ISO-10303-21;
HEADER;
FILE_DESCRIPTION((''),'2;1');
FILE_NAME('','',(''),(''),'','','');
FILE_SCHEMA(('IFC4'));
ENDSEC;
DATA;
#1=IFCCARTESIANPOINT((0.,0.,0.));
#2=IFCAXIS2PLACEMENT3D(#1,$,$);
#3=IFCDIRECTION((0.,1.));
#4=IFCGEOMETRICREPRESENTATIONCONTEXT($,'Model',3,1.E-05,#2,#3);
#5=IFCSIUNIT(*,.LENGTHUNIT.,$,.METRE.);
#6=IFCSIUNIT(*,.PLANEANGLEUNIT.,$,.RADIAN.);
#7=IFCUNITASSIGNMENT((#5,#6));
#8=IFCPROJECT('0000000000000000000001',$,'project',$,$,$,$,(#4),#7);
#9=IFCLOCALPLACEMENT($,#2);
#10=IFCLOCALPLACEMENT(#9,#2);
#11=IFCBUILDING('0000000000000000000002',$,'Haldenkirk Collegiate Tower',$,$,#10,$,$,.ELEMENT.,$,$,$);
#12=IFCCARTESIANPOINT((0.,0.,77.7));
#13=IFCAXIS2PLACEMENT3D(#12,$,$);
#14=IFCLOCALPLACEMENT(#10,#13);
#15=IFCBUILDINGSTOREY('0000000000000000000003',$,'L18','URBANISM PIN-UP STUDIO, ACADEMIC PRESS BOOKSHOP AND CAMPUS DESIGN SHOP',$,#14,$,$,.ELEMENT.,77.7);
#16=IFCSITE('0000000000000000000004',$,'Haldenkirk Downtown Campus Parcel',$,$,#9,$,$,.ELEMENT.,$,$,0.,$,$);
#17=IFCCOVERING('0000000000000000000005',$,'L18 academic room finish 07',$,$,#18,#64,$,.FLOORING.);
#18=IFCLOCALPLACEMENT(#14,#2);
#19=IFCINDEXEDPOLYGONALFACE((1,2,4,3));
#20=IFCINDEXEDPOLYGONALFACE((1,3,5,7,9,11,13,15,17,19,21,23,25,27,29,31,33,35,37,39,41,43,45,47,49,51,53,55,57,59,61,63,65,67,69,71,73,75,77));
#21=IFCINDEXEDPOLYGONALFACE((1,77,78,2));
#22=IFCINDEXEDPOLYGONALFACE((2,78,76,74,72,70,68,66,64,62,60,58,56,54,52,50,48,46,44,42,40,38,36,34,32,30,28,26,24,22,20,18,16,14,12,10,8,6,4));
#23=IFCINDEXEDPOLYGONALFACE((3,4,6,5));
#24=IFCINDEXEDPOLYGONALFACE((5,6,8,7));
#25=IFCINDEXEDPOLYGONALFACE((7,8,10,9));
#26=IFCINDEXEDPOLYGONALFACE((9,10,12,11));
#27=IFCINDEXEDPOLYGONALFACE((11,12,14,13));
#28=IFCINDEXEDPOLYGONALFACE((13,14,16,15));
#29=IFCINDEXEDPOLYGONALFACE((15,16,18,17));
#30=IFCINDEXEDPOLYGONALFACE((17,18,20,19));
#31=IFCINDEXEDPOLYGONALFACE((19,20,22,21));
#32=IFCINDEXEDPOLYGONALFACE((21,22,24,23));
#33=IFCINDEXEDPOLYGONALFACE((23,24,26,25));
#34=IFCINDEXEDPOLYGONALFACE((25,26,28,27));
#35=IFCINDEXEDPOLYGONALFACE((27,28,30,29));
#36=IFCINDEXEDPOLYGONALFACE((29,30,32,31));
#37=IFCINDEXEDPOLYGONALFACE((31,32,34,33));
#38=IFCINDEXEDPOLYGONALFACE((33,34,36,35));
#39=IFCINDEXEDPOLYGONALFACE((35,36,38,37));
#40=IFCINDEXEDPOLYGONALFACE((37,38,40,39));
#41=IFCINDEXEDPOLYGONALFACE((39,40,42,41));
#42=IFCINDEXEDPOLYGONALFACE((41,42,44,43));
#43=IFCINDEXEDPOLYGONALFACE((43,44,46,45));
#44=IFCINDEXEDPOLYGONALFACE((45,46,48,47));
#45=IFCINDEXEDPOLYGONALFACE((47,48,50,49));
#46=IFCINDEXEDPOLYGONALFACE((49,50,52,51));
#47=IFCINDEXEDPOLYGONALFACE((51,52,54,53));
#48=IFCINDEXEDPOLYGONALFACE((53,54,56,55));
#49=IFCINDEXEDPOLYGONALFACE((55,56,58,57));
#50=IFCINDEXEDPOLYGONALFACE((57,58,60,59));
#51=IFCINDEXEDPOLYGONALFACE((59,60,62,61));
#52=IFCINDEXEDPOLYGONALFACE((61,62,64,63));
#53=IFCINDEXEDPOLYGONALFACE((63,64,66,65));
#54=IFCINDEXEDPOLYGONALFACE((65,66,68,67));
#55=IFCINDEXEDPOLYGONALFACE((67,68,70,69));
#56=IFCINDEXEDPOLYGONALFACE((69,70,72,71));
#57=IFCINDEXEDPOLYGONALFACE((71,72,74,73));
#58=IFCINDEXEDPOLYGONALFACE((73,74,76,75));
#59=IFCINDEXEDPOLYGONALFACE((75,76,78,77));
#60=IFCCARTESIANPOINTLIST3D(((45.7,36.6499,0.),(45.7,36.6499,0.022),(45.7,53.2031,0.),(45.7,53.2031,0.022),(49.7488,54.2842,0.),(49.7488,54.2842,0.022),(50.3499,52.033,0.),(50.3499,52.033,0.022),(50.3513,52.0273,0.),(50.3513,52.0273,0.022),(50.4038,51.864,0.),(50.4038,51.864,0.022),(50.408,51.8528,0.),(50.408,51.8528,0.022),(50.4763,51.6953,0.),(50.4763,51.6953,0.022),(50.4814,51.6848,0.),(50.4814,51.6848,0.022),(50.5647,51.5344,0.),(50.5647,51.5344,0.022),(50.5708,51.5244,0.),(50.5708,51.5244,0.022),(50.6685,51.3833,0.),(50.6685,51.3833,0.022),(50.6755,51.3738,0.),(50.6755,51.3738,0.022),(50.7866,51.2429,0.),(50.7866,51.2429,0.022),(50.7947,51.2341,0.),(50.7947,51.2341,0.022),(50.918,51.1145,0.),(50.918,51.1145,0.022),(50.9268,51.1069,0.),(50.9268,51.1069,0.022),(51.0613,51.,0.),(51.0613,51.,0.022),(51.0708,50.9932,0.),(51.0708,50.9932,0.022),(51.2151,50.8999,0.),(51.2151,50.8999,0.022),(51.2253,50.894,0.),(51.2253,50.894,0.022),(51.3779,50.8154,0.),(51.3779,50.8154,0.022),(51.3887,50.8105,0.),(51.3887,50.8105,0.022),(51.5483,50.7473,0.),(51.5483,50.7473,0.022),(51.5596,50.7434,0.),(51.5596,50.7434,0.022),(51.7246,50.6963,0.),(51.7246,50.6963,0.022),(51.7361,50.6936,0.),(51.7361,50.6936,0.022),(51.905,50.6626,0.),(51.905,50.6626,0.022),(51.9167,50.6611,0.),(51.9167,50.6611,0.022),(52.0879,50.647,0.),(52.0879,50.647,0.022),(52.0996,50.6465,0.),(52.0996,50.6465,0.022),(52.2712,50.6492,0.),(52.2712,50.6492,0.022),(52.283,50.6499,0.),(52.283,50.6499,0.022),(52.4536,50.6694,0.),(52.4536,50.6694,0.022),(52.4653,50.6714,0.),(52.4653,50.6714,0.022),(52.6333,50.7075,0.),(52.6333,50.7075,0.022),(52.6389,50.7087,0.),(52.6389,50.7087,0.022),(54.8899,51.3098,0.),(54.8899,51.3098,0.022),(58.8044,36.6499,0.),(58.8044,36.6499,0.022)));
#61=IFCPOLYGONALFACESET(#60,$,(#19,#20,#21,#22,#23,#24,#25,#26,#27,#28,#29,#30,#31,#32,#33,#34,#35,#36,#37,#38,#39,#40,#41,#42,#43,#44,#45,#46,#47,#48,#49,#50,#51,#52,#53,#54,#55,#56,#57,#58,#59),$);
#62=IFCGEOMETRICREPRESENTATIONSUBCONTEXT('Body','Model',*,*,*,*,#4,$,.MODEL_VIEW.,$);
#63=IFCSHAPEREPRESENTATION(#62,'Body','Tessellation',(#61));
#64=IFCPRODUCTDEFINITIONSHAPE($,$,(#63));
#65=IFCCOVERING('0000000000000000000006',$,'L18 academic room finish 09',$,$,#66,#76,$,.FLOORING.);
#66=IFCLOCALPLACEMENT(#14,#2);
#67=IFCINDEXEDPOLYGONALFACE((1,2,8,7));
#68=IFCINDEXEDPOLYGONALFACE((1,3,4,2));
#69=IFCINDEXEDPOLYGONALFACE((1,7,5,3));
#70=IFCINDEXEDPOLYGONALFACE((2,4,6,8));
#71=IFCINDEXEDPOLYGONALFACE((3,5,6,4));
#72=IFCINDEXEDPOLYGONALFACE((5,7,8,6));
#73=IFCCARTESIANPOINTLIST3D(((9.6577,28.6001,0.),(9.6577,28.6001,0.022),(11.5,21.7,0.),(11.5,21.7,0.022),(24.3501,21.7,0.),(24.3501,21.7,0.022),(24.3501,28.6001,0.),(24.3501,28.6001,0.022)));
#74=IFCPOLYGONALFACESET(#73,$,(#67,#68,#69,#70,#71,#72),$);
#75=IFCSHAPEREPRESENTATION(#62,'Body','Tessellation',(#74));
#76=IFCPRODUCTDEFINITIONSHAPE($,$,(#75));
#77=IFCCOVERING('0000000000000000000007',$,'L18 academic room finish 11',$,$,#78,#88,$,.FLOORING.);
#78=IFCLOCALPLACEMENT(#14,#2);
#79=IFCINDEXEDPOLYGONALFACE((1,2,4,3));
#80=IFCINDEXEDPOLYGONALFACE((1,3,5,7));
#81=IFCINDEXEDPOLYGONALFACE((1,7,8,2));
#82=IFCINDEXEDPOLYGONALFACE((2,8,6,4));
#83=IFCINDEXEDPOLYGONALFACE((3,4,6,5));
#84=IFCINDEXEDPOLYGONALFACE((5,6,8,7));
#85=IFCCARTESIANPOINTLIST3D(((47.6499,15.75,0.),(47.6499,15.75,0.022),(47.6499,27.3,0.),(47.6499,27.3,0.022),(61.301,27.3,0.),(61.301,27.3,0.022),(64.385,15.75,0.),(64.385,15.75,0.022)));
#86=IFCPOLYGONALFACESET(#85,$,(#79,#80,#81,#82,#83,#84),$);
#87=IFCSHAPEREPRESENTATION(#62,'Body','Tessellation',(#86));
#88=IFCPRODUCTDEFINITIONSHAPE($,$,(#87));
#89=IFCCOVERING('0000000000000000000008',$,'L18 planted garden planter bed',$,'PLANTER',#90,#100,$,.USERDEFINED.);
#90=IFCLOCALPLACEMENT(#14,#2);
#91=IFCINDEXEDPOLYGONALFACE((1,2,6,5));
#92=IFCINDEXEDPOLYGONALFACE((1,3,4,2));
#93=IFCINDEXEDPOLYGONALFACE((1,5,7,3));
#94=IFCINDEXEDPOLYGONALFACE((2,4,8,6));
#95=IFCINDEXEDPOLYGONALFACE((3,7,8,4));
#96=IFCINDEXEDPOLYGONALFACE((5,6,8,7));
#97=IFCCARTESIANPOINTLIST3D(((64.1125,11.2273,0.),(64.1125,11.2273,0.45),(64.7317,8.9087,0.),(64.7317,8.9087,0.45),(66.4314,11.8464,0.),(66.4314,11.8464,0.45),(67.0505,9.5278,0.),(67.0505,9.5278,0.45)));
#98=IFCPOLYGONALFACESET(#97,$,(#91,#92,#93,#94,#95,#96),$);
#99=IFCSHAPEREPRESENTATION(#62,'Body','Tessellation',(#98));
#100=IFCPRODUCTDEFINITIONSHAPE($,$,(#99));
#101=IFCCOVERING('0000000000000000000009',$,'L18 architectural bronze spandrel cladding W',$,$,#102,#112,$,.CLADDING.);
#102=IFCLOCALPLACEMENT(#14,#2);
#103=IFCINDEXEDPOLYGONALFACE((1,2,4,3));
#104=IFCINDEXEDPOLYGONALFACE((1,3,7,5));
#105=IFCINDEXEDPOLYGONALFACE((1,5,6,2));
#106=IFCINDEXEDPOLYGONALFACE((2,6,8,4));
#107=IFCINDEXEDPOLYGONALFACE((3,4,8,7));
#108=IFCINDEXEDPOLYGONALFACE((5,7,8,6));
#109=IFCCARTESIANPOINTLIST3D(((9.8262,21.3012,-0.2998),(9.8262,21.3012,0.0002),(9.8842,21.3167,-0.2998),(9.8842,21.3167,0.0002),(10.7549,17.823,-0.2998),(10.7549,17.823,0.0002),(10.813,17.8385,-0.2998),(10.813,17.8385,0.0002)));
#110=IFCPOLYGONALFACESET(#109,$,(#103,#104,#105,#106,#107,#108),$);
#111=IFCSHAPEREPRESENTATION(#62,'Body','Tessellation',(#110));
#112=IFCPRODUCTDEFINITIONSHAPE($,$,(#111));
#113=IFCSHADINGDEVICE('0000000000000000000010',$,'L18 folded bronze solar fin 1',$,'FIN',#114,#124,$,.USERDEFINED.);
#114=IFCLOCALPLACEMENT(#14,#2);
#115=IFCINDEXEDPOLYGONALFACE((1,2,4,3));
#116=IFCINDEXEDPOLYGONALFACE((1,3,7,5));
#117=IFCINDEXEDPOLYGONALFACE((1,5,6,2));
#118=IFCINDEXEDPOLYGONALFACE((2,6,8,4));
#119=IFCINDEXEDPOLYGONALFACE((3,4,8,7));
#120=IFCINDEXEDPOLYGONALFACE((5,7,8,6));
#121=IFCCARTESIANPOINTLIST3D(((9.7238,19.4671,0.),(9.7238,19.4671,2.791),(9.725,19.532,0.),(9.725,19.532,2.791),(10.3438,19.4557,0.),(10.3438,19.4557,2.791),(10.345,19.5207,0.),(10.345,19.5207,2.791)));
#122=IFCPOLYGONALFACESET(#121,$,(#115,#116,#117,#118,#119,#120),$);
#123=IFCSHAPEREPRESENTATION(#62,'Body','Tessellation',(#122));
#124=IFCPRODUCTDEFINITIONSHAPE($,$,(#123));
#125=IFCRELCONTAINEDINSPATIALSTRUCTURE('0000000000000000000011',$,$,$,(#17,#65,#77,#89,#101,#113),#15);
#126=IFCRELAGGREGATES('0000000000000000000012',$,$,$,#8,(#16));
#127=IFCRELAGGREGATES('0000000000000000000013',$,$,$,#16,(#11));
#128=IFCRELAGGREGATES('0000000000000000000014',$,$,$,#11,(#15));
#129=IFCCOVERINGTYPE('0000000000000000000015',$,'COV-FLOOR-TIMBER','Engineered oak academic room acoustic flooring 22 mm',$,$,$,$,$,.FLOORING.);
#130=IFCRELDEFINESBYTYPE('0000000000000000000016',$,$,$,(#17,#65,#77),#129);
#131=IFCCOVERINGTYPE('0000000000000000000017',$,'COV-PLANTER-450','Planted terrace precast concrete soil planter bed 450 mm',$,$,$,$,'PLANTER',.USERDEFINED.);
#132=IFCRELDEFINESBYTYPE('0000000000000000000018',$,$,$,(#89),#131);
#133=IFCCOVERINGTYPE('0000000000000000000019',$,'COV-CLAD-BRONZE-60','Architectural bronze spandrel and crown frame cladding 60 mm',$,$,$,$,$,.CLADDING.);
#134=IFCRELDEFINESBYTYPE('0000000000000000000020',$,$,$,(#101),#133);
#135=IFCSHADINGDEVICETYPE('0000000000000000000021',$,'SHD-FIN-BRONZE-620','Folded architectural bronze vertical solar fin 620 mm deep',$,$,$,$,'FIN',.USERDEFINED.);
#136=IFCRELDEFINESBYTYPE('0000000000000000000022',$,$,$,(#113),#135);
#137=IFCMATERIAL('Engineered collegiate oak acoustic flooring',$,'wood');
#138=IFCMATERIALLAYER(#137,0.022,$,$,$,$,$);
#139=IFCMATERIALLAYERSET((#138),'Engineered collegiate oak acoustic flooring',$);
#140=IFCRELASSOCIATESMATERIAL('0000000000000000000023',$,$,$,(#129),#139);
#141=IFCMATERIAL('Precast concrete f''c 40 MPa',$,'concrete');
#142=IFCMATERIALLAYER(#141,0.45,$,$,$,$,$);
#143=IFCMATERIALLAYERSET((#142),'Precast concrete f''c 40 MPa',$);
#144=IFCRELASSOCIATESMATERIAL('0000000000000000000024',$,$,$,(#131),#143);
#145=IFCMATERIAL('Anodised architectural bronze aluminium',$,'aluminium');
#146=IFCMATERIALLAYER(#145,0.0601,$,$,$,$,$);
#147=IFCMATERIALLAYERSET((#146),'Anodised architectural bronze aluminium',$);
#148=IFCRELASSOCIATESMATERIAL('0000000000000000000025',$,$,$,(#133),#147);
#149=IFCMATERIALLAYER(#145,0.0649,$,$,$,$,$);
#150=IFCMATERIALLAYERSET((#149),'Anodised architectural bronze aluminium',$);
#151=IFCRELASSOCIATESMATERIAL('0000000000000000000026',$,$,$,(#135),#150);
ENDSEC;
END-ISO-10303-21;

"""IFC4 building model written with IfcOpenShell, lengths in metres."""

from ifc_helpers import new_model, si_unit, direction, frame, origin, origin_2d, place, context, subcontext, project, spatial, polyline, rectangle, outline, extrude, source, transform, mapped, material, layer, layer_set, type_object, element, save


model = new_model("IFC4")

# Units and contexts
model_context = context("Model", 3, precision=1e-05, world=origin(), true_north=direction((0.0, 1.0)))
body_context = subcontext(model_context, "Body", "Model", "MODEL_VIEW")
ifc_project = project(units=[si_unit("LENGTHUNIT", "METRE"), si_unit("PLANEANGLEUNIT", "RADIAN")], contexts=[model_context])

# Site, building, storey
site_placement = place(None, origin())
site = spatial("IfcSite", under=ifc_project, at=site_placement, Name="Haldenkirk Downtown Campus Parcel", CompositionType="ELEMENT", RefElevation=0.0)
building_placement = place(site_placement, origin())
building = spatial("IfcBuilding", under=site, at=building_placement, Name="Haldenkirk Collegiate Tower", CompositionType="ELEMENT")
storey_placement = place(building_placement, frame((0.0, 0.0, 77.7)))
storey = spatial("IfcBuildingStorey", under=building, at=storey_placement, Name="L18", Description="URBANISM PIN-UP STUDIO, ACADEMIC PRESS BOOKSHOP AND CAMPUS DESIGN SHOP", CompositionType="ELEMENT", Elevation=77.7)

# Shared definitions
ifc_material_1 = material(Name="Anodised architectural bronze aluminium", Category="aluminium")

# Coverings
ifc_material_2 = material(Name="Engineered collegiate oak acoustic flooring", Category="wood")
ifc_layer_1 = layer(ifc_material_2, 0.022)
ifc_layer_set_1 = layer_set([ifc_layer_1], Name="Engineered collegiate oak acoustic flooring")
covering_type_1 = type_object("IfcCoveringType", Name="COV-FLOOR-TIMBER", Description="Engineered oak academic room acoustic flooring 22 mm", PredefinedType="FLOORING", material=ifc_layer_set_1)
covering_1_placement = place(storey_placement, origin())
element("IfcCovering", 1, at=covering_1_placement, inside=storey, type_object=covering_type_1, Name="L18 academic room finish 07", PredefinedType="FLOORING", context=body_context, shape_type="SweptSolid", body=[
    extrude(outline(polyline([(49.7488, 54.2842), (50.3499, 52.033), (50.3513, 52.0273), (50.4038, 51.864), (50.408, 51.8528), (50.4763, 51.6953), (50.4814, 51.6848), (50.5647, 51.5344), (50.5708, 51.5244), (50.6685, 51.3833), (50.6755, 51.3738), (50.7866, 51.2429), (50.7947, 51.2341), (50.918, 51.1145), (50.9268, 51.1069), (51.0613, 51.0), (51.0708, 50.9932), (51.2151, 50.8999), (51.2253, 50.894), (51.3779, 50.8154), (51.3887, 50.8105), (51.5483, 50.7473), (51.5596, 50.7434), (51.7246, 50.6963), (51.7361, 50.6936), (51.905, 50.6626), (51.9167, 50.6611), (52.0879, 50.647), (52.0996, 50.6465), (52.2712, 50.6492), (52.283, 50.6499), (52.4536, 50.6694), (52.4653, 50.6714), (52.6333, 50.7075), (52.6389, 50.7087), (54.8899, 51.3098), (58.8044, 36.6499), (45.7, 36.6499), (45.7, 53.2031), (49.7488, 54.2842)])), origin(), (0.0, 0.0, 1.0), 0.022),
])
covering_2_placement = place(storey_placement, origin())
element("IfcCovering", 2, at=covering_2_placement, inside=storey, type_object=covering_type_1, Name="L18 academic room finish 09", PredefinedType="FLOORING", context=body_context, shape_type="SweptSolid", body=[
    extrude(outline(polyline([(9.6577, 28.6001), (24.3501, 28.6001), (24.3501, 21.7), (11.5, 21.7), (9.6577, 28.6001)])), origin(), (0.0, 0.0, 1.0), 0.022),
])
covering_3_placement = place(storey_placement, origin())
element("IfcCovering", 3, at=covering_3_placement, inside=storey, type_object=covering_type_1, Name="L18 academic room finish 11", PredefinedType="FLOORING", context=body_context, shape_type="SweptSolid", body=[
    extrude(outline(polyline([(64.385, 15.75), (47.6499, 15.75), (47.6499, 27.3), (61.301, 27.3), (64.385, 15.75)])), origin(), (0.0, 0.0, 1.0), 0.022),
])
ifc_material_3 = material(Name="Precast concrete f'c 40 MPa", Category="concrete")
ifc_layer_2 = layer(ifc_material_3, 0.45)
ifc_layer_set_2 = layer_set([ifc_layer_2], Name="Precast concrete f'c 40 MPa")
covering_type_2 = type_object("IfcCoveringType", Name="COV-PLANTER-450", Description="Planted terrace precast concrete soil planter bed 450 mm", ElementType="PLANTER", PredefinedType="USERDEFINED", material=ifc_layer_set_2)
covering_4_placement = place(storey_placement, origin())
element("IfcCovering", 4, at=covering_4_placement, inside=storey, type_object=covering_type_2, Name="L18 planted garden planter bed", ObjectType="PLANTER", PredefinedType="USERDEFINED", context=body_context, shape_type="SweptSolid", body=[
    extrude(outline(polyline([(64.7317, 8.9087), (64.1125, 11.2273), (66.4314, 11.8464), (67.0505, 9.5278), (64.7317, 8.9087)])), origin(), (0.0, 0.0, 1.0), 0.45),
])
ifc_layer_3 = layer(ifc_material_1, 0.0601)
ifc_layer_set_3 = layer_set([ifc_layer_3], Name="Anodised architectural bronze aluminium")
covering_type_3 = type_object("IfcCoveringType", Name="COV-CLAD-BRONZE-60", Description="Architectural bronze spandrel and crown frame cladding 60 mm", PredefinedType="CLADDING", material=ifc_layer_set_3)
shared_shape_1 = source(origin(), body_context, "Body", "SweptSolid", [
    extrude(rectangle(XDim=3.6001, YDim=0.0601, at=origin_2d()), origin(), (0.0, 0.0, 1.0), 0.3),
])
covering_5_placement = place(storey_placement, frame((10.3196, 19.5698, -0.2998), z_axis=(0.0, 0.0, 1.0), x_axis=(-0.257976, 0.966151, 0.0)))
element("IfcCovering", 5, at=covering_5_placement, inside=storey, type_object=covering_type_3, Name="L18 architectural bronze spandrel cladding W", PredefinedType="CLADDING", context=body_context, shape_type="MappedRepresentation", body=[
    mapped(shared_shape_1, transform((0.0, 0.0, 0.0), x_axis=(1.0, 0.0, 0.0), y_axis=(0.0, 1.0, 0.0), z_axis=(0.0, 0.0, 1.0), scale=1.0)),
])

# Shading device
ifc_layer_4 = layer(ifc_material_1, 0.0649)
ifc_layer_set_4 = layer_set([ifc_layer_4], Name="Anodised architectural bronze aluminium")
shading_device_type = type_object("IfcShadingDeviceType", Name="SHD-FIN-BRONZE-620", Description="Folded architectural bronze vertical solar fin 620 mm deep", ElementType="FIN", PredefinedType="USERDEFINED", material=ifc_layer_set_4)
shared_shape_2 = source(origin(), body_context, "Body", "SweptSolid", [
    extrude(rectangle(XDim=0.6201, YDim=0.0649, at=origin_2d()), origin(), (0.0, 0.0, 1.0), 2.791),
])
shading_device_placement = place(storey_placement, frame((10.0344, 19.4939, 0.0), z_axis=(0.0, 0.0, 1.0), x_axis=(-0.999832, 0.018325, 0.0)))
element("IfcShadingDevice", 6, at=shading_device_placement, inside=storey, type_object=shading_device_type, Name="L18 folded bronze solar fin 1", ObjectType="FIN", PredefinedType="USERDEFINED", context=body_context, shape_type="MappedRepresentation", body=[
    mapped(shared_shape_2, transform((0.0, 0.0, 0.0), x_axis=(1.0, 0.0, 0.0), y_axis=(0.0, 1.0, 0.0), z_axis=(0.0, 0.0, 1.0), scale=1.0)),
])

save(model, "model.ifc")
